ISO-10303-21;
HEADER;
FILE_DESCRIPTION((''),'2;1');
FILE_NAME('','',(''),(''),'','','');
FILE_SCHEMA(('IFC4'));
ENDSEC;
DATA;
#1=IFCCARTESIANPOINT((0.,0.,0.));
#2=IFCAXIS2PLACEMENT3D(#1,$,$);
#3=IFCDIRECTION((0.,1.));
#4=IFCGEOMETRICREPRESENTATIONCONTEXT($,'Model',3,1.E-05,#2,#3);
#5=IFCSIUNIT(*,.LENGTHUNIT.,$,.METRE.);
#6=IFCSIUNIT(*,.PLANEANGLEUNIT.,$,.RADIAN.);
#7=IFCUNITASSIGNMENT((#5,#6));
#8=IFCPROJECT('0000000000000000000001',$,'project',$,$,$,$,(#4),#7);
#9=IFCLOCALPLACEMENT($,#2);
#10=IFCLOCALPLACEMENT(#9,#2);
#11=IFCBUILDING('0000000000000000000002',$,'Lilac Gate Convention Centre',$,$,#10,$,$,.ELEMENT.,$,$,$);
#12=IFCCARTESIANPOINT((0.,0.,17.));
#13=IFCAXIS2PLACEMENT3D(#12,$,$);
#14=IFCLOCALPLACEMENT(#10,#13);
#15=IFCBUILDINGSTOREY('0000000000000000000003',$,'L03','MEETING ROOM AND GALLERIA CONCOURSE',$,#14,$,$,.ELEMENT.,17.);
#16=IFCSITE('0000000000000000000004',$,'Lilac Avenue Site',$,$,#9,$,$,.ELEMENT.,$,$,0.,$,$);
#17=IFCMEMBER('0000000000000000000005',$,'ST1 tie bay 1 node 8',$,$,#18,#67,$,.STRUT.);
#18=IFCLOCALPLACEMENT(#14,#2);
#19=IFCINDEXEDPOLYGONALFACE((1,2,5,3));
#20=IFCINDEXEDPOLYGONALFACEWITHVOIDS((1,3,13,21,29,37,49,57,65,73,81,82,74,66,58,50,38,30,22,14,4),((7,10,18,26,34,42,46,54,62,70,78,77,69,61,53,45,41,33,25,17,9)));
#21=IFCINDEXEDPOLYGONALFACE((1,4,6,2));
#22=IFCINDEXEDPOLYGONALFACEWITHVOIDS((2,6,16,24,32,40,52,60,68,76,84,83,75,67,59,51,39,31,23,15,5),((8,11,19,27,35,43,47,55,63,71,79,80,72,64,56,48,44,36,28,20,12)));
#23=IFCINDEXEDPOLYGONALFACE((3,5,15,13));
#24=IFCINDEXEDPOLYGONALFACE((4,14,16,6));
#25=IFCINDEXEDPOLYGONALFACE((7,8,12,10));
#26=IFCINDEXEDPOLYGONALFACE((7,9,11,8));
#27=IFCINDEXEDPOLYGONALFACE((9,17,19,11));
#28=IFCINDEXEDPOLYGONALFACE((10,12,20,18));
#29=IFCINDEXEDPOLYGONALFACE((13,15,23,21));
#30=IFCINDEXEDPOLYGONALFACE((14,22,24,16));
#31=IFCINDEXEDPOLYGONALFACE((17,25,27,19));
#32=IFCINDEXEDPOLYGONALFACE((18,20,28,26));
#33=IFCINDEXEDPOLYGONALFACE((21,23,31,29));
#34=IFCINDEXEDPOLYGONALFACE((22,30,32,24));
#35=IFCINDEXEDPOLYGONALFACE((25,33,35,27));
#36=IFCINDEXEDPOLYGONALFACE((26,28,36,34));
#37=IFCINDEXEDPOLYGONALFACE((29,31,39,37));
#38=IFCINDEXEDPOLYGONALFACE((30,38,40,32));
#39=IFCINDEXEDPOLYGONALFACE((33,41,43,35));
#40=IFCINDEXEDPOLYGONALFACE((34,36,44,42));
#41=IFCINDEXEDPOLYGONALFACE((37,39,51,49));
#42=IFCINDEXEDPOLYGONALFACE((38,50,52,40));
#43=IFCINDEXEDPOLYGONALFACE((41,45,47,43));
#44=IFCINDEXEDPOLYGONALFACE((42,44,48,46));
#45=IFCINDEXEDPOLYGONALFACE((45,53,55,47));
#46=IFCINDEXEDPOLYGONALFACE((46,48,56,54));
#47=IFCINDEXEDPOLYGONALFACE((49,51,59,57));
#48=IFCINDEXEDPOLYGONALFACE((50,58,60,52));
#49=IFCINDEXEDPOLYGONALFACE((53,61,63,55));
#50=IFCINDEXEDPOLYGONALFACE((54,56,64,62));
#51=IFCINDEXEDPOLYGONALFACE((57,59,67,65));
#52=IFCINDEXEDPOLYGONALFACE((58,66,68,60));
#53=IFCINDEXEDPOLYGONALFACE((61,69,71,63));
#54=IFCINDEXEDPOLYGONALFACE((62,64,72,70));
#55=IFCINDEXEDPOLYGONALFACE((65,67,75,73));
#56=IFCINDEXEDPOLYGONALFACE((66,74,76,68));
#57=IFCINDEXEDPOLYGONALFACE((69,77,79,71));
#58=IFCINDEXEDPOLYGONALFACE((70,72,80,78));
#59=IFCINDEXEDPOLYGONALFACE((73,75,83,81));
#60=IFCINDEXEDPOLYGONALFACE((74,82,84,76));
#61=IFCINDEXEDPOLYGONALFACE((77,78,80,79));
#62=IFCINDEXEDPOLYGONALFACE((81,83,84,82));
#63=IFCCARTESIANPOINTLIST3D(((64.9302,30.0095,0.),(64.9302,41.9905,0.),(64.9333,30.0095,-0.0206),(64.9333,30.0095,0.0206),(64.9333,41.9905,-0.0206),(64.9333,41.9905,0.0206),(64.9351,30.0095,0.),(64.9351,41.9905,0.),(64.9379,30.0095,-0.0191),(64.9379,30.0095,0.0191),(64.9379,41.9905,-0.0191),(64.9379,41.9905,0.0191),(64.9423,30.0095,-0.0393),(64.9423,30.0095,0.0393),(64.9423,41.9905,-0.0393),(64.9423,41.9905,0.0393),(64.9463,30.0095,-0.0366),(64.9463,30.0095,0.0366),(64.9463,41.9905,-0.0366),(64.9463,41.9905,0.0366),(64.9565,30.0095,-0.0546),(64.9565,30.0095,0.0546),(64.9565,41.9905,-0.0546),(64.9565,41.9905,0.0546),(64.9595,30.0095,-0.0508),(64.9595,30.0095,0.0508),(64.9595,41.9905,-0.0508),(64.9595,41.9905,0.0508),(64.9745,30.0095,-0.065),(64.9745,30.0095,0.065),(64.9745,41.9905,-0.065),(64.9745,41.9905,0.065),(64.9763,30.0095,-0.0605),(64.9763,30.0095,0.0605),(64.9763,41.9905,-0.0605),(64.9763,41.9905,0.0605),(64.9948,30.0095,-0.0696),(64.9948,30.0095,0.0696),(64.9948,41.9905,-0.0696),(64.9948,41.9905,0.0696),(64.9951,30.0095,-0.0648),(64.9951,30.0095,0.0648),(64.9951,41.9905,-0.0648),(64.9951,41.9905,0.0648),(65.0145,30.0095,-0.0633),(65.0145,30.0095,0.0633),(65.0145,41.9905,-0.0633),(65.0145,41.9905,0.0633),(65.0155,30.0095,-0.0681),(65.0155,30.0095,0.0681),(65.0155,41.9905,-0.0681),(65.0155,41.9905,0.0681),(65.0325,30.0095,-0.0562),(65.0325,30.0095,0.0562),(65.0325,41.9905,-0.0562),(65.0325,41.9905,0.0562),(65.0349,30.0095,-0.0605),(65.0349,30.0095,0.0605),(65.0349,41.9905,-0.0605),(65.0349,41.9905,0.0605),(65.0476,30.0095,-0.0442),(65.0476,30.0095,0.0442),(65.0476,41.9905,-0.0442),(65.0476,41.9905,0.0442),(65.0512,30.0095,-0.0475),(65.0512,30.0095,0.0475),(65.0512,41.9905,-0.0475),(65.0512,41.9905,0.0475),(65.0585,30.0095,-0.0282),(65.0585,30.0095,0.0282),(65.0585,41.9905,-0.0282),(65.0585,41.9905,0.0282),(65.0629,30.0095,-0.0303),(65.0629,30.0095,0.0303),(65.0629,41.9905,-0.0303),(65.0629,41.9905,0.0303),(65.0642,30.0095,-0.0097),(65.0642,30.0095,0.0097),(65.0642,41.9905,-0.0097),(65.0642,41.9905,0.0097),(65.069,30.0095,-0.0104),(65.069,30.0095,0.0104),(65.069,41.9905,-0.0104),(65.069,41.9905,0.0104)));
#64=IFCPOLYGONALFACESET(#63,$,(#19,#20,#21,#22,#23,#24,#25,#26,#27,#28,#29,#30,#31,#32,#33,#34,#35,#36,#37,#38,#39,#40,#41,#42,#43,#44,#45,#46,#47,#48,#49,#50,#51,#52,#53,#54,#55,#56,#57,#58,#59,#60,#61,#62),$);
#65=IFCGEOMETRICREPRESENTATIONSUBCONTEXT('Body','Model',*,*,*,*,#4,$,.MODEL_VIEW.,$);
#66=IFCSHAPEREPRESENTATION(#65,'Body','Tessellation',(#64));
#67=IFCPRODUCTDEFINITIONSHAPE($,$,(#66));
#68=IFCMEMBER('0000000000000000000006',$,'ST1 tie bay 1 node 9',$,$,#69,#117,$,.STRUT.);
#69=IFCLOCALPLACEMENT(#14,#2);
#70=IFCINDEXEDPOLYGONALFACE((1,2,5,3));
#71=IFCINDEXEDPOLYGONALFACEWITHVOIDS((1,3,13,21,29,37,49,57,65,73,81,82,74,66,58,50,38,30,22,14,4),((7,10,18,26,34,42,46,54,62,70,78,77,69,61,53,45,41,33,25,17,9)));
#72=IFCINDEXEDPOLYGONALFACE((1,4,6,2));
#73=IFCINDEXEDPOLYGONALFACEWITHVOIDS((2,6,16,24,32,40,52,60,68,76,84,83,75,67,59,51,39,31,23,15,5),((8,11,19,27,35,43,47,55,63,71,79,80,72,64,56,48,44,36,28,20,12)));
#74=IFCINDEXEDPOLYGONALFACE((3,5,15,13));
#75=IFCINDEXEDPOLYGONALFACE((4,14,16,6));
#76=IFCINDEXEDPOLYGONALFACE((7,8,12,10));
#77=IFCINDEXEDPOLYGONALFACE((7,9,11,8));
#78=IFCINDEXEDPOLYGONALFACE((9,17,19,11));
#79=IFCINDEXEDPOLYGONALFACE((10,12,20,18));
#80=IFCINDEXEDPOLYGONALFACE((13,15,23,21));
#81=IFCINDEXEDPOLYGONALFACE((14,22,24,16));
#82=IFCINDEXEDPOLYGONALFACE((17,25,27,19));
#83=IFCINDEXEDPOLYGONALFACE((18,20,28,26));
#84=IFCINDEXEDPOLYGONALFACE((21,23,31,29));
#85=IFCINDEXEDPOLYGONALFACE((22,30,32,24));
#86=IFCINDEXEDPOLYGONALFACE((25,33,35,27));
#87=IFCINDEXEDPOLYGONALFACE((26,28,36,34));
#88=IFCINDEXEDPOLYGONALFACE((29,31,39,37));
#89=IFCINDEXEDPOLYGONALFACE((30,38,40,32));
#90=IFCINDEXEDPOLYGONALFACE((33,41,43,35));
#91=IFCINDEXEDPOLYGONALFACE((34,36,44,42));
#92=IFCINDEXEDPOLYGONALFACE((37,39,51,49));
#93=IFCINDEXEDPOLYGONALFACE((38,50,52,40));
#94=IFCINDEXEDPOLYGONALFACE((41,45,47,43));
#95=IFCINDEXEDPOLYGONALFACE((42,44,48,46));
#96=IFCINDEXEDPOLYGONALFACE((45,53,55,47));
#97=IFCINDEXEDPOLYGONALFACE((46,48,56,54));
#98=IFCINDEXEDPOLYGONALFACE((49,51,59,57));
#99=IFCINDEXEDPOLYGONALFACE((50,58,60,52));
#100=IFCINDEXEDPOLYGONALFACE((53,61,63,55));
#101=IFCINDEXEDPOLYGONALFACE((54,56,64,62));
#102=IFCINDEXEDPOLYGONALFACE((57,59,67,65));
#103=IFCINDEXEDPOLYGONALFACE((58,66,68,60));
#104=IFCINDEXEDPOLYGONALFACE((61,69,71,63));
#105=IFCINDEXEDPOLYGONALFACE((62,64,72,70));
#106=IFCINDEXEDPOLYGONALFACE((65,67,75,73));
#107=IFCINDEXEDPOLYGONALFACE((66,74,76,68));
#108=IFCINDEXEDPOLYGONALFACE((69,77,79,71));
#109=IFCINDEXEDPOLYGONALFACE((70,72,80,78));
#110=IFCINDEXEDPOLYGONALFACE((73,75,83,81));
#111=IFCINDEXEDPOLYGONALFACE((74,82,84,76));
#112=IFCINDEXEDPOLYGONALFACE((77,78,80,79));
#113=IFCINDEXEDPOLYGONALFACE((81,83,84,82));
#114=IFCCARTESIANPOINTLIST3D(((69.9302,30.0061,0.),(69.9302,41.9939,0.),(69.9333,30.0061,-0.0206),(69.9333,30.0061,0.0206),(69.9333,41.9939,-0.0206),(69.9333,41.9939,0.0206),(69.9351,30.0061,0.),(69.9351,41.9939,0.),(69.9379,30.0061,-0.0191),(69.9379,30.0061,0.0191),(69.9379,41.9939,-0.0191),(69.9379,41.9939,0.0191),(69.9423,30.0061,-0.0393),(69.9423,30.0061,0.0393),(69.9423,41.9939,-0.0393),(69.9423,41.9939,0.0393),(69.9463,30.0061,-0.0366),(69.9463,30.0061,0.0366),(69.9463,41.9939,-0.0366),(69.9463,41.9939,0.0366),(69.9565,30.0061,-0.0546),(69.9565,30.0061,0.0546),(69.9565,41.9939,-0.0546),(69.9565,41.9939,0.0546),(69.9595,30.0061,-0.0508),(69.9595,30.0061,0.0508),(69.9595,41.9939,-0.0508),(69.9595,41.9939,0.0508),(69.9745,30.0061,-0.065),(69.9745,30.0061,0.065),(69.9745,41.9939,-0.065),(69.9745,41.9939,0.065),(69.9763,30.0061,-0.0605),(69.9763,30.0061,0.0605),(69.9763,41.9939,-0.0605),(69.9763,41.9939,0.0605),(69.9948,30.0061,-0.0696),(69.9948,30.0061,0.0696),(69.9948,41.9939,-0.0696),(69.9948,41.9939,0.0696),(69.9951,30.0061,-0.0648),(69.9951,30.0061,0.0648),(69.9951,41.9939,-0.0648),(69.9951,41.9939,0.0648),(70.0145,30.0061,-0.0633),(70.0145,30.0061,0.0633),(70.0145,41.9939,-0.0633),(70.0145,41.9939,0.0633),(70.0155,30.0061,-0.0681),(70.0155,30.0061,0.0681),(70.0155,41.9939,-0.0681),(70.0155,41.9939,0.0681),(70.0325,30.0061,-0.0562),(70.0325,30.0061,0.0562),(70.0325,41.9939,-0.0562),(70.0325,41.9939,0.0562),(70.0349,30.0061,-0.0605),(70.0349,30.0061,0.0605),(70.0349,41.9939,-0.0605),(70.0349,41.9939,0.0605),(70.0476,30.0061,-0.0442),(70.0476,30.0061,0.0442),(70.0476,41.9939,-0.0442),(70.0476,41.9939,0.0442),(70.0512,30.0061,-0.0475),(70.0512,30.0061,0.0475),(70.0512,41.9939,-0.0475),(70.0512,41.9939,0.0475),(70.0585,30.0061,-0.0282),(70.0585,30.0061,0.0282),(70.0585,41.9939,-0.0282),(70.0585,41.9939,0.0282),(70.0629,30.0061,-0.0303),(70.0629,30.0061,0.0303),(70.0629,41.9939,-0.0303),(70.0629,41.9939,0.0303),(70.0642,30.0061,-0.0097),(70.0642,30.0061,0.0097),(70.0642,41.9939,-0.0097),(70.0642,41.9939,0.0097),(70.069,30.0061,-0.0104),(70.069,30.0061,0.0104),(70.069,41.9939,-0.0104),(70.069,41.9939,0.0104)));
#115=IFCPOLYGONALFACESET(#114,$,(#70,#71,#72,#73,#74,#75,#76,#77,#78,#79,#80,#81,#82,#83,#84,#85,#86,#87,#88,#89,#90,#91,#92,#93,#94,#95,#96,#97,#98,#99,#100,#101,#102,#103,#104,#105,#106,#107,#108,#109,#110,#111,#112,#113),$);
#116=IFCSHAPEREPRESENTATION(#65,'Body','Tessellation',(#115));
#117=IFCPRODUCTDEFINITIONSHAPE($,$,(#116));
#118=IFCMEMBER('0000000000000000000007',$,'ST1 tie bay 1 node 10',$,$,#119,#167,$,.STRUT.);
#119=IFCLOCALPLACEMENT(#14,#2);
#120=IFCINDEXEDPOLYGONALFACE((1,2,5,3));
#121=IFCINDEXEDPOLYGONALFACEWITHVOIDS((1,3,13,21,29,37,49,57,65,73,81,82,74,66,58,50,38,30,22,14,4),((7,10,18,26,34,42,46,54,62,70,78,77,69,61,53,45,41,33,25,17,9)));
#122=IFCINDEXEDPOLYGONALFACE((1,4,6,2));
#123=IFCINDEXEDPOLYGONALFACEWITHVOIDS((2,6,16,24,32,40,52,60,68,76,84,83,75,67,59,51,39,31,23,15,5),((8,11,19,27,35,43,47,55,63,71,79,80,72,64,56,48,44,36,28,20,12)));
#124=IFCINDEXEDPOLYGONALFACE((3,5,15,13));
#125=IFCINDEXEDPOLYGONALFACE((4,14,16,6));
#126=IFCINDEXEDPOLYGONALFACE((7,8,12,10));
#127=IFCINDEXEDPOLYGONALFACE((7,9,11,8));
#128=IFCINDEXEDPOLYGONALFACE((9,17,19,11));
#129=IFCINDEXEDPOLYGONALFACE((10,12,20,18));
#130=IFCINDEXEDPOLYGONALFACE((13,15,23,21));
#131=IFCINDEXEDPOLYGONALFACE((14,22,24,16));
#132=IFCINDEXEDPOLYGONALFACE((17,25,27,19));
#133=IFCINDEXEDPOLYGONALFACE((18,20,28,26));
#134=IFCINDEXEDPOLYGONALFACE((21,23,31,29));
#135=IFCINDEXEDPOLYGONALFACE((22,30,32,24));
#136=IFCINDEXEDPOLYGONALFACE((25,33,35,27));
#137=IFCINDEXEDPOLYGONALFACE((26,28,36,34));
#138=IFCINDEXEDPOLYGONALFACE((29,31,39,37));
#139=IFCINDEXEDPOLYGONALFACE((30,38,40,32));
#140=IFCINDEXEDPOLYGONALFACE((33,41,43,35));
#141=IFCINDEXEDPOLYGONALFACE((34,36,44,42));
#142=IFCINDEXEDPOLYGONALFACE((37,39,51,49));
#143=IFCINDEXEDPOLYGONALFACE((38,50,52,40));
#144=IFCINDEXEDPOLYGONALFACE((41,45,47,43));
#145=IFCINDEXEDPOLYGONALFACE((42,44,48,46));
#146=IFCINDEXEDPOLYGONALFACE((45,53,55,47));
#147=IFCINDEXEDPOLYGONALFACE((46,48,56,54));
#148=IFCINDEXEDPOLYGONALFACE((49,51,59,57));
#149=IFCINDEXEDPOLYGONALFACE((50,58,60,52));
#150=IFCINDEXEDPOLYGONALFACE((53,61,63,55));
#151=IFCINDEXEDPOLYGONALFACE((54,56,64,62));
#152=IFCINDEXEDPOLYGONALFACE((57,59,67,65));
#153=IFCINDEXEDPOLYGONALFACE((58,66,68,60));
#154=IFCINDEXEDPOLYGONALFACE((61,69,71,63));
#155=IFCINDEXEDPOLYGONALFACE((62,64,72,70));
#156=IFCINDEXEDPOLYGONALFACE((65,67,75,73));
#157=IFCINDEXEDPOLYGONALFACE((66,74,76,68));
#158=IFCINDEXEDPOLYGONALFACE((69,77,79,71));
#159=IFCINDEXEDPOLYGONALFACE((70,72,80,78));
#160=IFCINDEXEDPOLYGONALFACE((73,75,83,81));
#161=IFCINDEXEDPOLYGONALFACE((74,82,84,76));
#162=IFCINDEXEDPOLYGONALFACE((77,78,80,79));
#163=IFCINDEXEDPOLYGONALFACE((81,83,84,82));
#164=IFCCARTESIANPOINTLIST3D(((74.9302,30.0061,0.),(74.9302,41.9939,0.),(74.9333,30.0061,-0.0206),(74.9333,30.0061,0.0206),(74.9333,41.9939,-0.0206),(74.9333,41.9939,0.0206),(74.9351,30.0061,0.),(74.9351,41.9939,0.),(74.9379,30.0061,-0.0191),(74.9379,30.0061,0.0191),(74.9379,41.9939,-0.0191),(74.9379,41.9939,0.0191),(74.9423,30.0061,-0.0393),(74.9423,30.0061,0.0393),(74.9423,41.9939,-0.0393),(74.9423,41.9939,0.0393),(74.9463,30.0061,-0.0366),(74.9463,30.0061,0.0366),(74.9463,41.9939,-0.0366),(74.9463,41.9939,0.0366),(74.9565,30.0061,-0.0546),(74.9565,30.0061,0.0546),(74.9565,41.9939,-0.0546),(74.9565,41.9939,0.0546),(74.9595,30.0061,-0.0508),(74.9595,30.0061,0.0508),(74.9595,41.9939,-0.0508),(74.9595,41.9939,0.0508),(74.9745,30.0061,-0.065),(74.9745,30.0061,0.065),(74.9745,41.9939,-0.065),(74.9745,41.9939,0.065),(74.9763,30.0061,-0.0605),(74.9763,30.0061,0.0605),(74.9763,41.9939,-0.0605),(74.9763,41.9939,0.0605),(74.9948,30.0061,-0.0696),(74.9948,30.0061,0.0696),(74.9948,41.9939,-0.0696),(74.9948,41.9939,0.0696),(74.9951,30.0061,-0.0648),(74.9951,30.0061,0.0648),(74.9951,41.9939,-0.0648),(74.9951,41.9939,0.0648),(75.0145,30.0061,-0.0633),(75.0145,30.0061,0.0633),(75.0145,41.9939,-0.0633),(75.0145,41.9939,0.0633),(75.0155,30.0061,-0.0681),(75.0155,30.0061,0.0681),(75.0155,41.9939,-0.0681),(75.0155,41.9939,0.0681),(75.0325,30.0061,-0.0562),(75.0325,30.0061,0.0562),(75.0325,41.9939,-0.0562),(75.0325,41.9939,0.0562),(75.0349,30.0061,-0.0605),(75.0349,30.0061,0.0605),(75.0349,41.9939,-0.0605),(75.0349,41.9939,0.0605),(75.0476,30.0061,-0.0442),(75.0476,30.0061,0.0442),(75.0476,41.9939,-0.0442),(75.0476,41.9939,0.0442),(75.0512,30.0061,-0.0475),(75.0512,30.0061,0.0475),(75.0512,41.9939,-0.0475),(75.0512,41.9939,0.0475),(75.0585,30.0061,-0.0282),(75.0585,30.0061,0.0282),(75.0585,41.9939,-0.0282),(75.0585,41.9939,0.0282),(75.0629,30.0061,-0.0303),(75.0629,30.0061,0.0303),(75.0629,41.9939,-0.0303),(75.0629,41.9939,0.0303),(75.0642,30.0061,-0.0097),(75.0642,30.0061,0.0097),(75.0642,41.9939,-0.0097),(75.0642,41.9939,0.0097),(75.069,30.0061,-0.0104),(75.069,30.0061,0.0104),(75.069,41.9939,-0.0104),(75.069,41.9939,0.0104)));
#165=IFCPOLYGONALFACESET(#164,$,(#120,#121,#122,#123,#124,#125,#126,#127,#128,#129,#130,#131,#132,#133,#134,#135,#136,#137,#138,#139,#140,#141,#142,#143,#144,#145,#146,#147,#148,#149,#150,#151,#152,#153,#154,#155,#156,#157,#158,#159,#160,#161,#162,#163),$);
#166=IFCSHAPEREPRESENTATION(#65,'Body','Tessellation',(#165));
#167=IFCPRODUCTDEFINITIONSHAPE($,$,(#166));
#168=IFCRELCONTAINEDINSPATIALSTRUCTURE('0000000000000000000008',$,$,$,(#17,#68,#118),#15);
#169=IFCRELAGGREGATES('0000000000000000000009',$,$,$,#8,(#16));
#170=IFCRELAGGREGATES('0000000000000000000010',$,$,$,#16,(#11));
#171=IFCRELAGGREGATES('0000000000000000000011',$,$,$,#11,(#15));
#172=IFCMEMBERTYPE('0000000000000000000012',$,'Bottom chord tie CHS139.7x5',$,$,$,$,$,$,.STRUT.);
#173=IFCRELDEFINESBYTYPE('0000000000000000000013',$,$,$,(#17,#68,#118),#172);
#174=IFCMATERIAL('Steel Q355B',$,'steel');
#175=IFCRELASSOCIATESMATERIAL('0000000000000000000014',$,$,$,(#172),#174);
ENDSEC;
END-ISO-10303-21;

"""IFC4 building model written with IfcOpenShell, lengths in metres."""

from ifc_helpers import new_model, si_unit, direction, frame, origin, origin_2d, place, context, subcontext, project, spatial, hollow_circle, extrude, material, material_profile, profile_set, type_object, element, save


model = new_model("IFC4")

# Units and contexts
model_context = context("Model", 3, precision=1e-05, world=origin(), true_north=direction((0.0, 1.0)))
body_context = subcontext(model_context, "Body", "Model", "MODEL_VIEW")
ifc_project = project(units=[si_unit("LENGTHUNIT", "METRE"), si_unit("PLANEANGLEUNIT", "RADIAN")], contexts=[model_context])

# Site, building, storey
site_placement = place(None, origin())
site = spatial("IfcSite", under=ifc_project, at=site_placement, Name="Lilac Avenue Site", CompositionType="ELEMENT", RefElevation=0.0)
building_placement = place(site_placement, origin())
building = spatial("IfcBuilding", under=site, at=building_placement, Name="Lilac Gate Convention Centre", CompositionType="ELEMENT")
storey_placement = place(building_placement, frame((0.0, 0.0, 17.0)))
storey = spatial("IfcBuildingStorey", under=building, at=storey_placement, Name="L03", Description="MEETING ROOM AND GALLERIA CONCOURSE", CompositionType="ELEMENT", Elevation=17.0)

# Members
ifc_material = material(Name="Steel Q355B", Category="steel")
ifc_material_profile_1 = material_profile(ifc_material, hollow_circle(Radius=0.0698, WallThickness=0.0049, at=origin_2d()), Name="CHS139.7x5")
ifc_profile_set_1 = profile_set([ifc_material_profile_1], Name="Steel Q355B")
member_type_1 = type_object("IfcMemberType", Name="Bottom chord tie CHS139.7x5", PredefinedType="STRUT", material=ifc_profile_set_1)
member_1_placement = place(storey_placement, frame((65.0, 30.0095, 0.0), z_axis=(0.0, 1.0, 0.0), x_axis=(-1.0, 0.0, 0.0)))
element("IfcMember", 1, at=member_1_placement, inside=storey, type_object=member_type_1, Name="ST1 tie bay 1 node 8", PredefinedType="STRUT", context=body_context, shape_type="SweptSolid", body=[
    extrude(hollow_circle(Radius=0.0698, WallThickness=0.0049, at=origin_2d()), origin(), (0.0, 0.0, 1.0), 11.981),
])
for number, where, z_axis, x_axis, name in (
    (2, (70.0, 30.0061, 0.0), (0.0, 1.0, 0.0), (-1.0, 0.0, 0.0), "ST1 tie bay 1 node 9"),
    (3, (75.0, 30.0061, 0.0), (0.0, 1.0, 0.0), (-1.0, 0.0, 0.0), "ST1 tie bay 1 node 10"),
):
    element("IfcMember", number, at=place(storey_placement, frame(where, z_axis=z_axis, x_axis=x_axis)), inside=storey, type_object=member_type_1, Name=name, PredefinedType="STRUT", context=body_context, shape_type="SweptSolid", body=[
        extrude(hollow_circle(Radius=0.0698, WallThickness=0.0049, at=origin_2d()), origin(), (0.0, 0.0, 1.0), 11.9878),
    ])

save(model, "model.ifc")
